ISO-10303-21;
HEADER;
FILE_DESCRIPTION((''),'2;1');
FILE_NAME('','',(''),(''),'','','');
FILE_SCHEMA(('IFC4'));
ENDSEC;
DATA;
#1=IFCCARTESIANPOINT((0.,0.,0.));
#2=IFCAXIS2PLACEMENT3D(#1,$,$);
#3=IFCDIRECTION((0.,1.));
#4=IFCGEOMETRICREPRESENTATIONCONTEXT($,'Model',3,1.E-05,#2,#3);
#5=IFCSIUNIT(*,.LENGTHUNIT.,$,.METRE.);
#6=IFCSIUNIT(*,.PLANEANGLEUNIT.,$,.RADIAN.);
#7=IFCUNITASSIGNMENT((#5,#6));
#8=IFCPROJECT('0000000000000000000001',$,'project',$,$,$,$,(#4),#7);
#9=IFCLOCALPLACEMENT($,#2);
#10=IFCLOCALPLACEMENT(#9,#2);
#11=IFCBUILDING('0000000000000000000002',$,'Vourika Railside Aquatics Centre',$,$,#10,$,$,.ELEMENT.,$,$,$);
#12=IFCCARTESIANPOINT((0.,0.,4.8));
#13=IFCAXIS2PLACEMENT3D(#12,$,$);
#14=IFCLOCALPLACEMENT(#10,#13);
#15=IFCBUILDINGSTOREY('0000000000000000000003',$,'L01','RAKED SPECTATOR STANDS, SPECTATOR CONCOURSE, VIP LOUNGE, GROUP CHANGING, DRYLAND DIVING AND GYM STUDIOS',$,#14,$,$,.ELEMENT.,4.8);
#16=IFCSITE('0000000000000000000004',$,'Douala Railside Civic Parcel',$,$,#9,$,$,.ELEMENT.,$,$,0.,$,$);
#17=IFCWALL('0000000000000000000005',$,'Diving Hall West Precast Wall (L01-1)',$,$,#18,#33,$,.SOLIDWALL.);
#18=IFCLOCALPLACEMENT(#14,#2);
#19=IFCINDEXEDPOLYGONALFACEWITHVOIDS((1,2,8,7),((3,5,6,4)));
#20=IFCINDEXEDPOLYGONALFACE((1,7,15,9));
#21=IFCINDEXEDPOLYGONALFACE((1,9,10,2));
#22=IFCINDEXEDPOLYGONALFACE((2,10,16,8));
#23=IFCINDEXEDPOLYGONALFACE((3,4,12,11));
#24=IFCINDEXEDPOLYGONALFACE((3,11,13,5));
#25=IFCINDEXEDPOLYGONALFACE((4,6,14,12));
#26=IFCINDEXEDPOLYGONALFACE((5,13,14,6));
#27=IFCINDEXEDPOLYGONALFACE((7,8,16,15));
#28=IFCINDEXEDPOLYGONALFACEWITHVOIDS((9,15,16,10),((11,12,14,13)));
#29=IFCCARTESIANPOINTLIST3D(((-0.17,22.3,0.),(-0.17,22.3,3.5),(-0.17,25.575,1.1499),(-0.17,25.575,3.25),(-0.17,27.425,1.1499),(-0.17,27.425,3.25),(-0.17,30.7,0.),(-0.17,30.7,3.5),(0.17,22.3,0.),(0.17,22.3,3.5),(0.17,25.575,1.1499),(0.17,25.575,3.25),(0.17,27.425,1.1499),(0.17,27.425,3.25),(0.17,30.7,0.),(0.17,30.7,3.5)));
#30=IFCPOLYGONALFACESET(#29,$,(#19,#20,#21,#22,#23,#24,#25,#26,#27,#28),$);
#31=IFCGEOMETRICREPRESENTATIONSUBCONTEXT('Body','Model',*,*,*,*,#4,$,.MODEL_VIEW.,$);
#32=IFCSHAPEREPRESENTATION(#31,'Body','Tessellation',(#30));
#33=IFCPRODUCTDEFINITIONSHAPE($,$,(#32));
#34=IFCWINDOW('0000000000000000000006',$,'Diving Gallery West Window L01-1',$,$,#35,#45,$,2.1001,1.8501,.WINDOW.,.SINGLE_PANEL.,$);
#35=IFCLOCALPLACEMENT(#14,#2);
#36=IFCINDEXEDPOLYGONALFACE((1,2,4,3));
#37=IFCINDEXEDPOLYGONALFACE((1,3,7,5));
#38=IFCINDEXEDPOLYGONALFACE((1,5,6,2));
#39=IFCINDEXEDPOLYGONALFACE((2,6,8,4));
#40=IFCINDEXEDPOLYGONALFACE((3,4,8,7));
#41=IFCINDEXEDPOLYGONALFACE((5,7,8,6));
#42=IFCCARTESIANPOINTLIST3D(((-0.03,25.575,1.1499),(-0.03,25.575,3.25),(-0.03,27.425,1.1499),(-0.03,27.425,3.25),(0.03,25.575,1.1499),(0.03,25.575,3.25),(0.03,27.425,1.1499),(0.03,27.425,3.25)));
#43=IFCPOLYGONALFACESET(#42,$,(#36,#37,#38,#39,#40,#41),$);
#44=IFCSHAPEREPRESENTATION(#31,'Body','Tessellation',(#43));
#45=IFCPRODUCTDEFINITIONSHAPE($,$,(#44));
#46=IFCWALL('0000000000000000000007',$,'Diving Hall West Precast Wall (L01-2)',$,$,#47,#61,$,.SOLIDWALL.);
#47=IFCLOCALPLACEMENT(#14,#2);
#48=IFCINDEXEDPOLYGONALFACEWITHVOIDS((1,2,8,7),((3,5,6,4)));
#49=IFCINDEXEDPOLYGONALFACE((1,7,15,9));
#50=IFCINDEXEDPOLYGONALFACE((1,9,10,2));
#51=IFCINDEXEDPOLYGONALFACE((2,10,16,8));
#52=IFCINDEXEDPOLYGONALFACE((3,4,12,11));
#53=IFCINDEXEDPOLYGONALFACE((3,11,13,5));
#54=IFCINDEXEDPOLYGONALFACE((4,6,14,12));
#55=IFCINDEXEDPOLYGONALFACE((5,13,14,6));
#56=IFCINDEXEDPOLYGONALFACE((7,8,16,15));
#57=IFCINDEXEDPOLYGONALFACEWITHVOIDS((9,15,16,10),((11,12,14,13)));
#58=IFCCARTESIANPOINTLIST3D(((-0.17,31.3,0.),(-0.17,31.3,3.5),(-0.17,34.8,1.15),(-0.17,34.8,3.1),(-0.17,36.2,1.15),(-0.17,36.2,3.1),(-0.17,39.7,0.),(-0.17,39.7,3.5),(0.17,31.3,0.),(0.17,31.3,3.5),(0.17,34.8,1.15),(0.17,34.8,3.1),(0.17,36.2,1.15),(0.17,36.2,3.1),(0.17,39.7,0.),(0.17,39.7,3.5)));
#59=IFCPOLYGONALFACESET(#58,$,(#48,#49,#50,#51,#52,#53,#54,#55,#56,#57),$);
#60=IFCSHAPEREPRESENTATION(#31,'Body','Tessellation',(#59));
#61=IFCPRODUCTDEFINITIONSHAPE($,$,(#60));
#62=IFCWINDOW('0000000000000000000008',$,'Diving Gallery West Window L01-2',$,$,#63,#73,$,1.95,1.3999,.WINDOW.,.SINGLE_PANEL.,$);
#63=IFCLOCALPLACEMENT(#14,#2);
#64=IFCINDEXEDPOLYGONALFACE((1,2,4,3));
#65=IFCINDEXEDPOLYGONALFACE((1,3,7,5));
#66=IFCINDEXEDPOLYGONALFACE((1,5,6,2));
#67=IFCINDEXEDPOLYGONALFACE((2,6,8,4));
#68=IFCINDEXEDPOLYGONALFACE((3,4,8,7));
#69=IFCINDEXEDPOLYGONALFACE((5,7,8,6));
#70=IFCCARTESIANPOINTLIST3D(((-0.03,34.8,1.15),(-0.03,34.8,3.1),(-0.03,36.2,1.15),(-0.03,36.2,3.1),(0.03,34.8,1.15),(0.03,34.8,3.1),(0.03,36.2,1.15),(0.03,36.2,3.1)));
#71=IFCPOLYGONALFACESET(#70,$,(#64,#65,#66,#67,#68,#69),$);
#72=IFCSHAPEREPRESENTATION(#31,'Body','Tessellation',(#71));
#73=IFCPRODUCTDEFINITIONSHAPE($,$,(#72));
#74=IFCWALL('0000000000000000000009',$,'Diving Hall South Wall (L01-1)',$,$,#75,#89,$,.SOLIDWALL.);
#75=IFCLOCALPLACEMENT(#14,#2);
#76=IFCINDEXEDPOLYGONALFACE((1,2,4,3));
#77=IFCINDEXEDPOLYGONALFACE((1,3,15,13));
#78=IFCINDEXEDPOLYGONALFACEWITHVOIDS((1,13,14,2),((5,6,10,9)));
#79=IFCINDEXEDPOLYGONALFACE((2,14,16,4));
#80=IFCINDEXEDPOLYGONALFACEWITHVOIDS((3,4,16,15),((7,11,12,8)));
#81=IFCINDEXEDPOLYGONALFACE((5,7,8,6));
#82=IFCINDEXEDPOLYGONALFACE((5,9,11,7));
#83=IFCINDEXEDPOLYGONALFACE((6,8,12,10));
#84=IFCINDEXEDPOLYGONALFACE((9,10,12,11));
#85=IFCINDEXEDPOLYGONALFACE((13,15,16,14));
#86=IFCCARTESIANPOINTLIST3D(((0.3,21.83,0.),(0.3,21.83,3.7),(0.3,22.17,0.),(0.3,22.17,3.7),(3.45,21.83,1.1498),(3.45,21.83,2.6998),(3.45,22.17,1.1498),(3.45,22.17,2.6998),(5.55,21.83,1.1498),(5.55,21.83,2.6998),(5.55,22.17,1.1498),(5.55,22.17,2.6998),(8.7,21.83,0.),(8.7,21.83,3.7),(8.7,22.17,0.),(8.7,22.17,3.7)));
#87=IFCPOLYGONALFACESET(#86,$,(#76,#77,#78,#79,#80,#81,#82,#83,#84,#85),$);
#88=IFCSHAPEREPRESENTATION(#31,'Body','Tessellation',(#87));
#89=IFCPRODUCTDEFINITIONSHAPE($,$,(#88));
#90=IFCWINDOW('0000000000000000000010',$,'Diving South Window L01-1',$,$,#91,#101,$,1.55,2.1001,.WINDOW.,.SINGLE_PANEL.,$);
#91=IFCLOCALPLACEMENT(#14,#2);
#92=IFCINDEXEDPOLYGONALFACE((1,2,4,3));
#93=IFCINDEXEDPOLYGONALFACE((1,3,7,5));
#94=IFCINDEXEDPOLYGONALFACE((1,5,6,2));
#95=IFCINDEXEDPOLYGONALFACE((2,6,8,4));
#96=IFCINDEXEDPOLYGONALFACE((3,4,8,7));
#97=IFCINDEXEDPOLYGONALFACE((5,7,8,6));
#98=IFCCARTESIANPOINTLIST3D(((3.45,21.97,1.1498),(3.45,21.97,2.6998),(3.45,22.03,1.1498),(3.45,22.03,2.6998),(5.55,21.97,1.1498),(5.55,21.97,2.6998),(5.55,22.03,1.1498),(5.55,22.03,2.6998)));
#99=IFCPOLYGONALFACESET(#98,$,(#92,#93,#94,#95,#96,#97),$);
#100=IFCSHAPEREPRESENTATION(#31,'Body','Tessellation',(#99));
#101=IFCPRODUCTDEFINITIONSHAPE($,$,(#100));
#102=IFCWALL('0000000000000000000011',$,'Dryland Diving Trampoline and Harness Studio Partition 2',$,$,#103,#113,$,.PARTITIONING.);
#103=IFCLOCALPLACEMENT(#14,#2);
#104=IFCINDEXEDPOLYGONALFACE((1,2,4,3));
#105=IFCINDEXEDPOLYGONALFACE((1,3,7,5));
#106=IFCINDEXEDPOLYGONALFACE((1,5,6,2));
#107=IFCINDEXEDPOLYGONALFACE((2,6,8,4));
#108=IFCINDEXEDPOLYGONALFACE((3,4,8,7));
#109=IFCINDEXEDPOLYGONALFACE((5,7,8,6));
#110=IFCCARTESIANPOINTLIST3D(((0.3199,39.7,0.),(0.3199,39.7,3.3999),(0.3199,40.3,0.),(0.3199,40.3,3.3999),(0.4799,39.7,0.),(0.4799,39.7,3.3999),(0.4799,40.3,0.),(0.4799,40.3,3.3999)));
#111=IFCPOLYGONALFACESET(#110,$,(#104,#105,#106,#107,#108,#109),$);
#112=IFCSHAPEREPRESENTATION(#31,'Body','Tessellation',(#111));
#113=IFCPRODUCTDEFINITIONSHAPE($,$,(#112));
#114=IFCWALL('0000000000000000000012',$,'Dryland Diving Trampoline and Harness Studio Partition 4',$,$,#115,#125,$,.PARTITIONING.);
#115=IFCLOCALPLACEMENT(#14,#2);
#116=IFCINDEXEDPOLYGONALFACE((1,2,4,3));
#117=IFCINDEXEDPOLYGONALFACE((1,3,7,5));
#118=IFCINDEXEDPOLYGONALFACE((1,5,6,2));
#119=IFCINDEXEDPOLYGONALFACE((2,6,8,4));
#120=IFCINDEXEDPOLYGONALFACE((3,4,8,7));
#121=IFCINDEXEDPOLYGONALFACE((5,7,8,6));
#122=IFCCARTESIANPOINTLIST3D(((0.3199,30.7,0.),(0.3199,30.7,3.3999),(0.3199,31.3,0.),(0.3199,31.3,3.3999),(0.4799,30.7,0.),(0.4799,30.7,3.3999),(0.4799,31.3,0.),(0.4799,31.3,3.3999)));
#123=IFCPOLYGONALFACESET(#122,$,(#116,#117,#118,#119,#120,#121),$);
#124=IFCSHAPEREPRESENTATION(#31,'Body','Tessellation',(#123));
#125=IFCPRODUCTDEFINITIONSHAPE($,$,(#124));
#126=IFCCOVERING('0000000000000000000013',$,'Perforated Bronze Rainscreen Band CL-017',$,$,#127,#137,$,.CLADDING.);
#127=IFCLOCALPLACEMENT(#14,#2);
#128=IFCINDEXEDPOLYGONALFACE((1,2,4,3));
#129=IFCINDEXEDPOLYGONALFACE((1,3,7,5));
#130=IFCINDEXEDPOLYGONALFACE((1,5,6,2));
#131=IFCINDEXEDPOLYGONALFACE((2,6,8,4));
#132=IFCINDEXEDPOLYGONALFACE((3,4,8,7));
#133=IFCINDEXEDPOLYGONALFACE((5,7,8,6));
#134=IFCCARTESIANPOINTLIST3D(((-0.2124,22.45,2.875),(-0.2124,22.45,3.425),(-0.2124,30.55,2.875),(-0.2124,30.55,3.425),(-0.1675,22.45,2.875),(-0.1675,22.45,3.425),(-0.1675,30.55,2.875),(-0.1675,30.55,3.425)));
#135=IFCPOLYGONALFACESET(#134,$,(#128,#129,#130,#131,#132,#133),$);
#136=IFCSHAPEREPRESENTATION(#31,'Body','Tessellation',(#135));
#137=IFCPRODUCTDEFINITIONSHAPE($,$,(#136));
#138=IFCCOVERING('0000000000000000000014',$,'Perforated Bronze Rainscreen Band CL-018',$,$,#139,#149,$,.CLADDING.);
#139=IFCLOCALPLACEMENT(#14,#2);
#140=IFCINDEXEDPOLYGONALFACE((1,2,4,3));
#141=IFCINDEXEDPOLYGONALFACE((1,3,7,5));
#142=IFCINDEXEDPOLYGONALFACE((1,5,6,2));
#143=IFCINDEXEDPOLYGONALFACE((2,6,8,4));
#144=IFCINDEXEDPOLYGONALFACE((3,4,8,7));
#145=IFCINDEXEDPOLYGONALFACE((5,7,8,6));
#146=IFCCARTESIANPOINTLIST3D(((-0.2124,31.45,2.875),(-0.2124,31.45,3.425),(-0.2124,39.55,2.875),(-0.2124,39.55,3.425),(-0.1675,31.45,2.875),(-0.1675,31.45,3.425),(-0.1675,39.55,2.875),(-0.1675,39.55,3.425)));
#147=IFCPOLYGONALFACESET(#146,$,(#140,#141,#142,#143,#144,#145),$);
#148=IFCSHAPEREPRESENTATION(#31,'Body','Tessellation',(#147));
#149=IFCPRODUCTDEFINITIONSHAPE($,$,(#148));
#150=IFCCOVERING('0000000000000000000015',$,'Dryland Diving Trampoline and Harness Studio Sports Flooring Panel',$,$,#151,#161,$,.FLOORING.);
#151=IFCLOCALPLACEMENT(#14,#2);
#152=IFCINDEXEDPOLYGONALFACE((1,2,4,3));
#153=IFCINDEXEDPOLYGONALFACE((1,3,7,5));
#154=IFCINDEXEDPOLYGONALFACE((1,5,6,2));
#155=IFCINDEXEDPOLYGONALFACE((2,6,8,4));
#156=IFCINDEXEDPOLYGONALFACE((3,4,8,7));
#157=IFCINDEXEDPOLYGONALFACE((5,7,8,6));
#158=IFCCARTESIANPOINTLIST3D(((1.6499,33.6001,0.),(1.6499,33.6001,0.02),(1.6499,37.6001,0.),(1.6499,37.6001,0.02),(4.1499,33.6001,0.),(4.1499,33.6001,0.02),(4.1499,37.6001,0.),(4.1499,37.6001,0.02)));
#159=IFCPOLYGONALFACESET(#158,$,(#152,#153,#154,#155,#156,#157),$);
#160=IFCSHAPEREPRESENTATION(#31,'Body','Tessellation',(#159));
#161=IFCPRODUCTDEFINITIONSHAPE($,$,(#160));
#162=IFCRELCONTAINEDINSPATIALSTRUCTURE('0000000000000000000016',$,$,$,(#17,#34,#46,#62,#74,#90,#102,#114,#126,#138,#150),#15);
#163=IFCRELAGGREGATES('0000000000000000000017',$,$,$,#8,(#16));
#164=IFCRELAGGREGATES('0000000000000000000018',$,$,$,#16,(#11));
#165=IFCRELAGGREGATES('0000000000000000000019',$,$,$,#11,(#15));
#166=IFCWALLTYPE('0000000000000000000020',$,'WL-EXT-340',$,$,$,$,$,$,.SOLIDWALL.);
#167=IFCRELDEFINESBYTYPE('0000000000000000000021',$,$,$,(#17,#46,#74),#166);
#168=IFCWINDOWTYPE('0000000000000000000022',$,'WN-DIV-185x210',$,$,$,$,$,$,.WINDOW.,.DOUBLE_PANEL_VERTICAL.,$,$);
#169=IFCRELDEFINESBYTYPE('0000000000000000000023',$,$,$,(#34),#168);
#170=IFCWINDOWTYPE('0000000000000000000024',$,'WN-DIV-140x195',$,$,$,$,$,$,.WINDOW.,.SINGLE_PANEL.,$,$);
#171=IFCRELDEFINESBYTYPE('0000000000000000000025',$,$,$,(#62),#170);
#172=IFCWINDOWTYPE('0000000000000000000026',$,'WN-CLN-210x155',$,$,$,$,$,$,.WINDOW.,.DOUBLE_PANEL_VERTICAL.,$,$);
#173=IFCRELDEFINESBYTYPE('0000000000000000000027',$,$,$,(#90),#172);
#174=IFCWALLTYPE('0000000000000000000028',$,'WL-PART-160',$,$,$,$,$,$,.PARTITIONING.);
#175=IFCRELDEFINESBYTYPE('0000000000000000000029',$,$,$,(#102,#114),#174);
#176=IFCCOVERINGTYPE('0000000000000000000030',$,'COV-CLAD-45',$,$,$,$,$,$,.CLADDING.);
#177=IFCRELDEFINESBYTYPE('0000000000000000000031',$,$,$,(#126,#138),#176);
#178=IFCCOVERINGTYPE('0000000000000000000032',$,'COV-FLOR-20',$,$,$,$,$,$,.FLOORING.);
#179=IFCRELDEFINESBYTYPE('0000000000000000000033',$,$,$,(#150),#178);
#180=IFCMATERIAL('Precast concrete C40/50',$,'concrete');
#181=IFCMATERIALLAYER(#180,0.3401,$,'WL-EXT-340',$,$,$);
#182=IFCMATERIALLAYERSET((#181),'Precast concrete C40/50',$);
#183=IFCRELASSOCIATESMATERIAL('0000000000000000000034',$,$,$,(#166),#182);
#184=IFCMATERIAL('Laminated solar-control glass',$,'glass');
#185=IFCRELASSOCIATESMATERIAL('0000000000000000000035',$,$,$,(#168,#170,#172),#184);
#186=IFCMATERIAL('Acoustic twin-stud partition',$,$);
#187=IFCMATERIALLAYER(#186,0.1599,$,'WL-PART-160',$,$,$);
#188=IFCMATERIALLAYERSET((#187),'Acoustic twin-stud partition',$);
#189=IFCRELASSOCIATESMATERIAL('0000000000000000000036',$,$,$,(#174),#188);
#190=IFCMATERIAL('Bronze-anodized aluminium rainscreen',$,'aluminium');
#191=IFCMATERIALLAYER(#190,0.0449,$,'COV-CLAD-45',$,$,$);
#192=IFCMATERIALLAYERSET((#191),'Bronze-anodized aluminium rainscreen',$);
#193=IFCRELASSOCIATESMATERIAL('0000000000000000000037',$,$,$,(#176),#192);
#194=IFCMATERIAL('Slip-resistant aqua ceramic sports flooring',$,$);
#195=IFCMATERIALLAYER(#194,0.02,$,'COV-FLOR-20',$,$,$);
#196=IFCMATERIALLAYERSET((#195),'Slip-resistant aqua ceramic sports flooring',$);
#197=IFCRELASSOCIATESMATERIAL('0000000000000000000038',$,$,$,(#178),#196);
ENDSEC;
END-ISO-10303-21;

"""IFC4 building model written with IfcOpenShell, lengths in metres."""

from ifc_helpers import new_model, si_unit, direction, frame, frame_2d, origin, origin_2d, place, context, subcontext, project, spatial, rectangle, extrude, material, layer, layer_set, type_object, element, fill, save


model = new_model("IFC4")

# Units and contexts
model_context = context("Model", 3, precision=1e-05, world=origin(), true_north=direction((0.0, 1.0)))
body_context = subcontext(model_context, "Body", "Model", "MODEL_VIEW")
ifc_project = project(units=[si_unit("LENGTHUNIT", "METRE"), si_unit("PLANEANGLEUNIT", "RADIAN")], contexts=[model_context])

# Site, building, storey
site_placement = place(None, origin())
site = spatial("IfcSite", under=ifc_project, at=site_placement, Name="Douala Railside Civic Parcel", CompositionType="ELEMENT", RefElevation=0.0)
building_placement = place(site_placement, origin())
building = spatial("IfcBuilding", under=site, at=building_placement, Name="Vourika Railside Aquatics Centre", CompositionType="ELEMENT")
storey_placement = place(building_placement, frame((0.0, 0.0, 4.8)))
storey = spatial("IfcBuildingStorey", under=building, at=storey_placement, Name="L01", Description="RAKED SPECTATOR STANDS, SPECTATOR CONCOURSE, VIP LOUNGE, GROUP CHANGING, DRYLAND DIVING AND GYM STUDIOS", CompositionType="ELEMENT", Elevation=4.8)

# Walls, openings, windows
ifc_material_1 = material(Name="Precast concrete C40/50", Category="concrete")
ifc_layer_1 = layer(ifc_material_1, 0.3401, Name="WL-EXT-340")
ifc_layer_set_1 = layer_set([ifc_layer_1], Name="Precast concrete C40/50")
wall_type_1 = type_object("IfcWallType", Name="WL-EXT-340", PredefinedType="SOLIDWALL", material=ifc_layer_set_1)
wall_1_placement = place(storey_placement, frame((0.0, 30.7, 0.0), z_axis=(0.0, 0.0, 1.0), x_axis=(0.0, -1.0, 0.0)))
wall_1 = element("IfcWall", 1, at=wall_1_placement, inside=storey, type_object=wall_type_1, Name="Diving Hall West Precast Wall (L01-1)", PredefinedType="SOLIDWALL", context=body_context, shape_type="SweptSolid", body=[
    extrude(rectangle(XDim=8.3999, YDim=0.3401, at=frame_2d((4.2, 0.0))), origin(), (0.0, 0.0, 1.0), 3.5),
])
opening_1_placement = place(wall_1_placement, frame((3.2749, 0.0, 1.1499)))
opening_1 = element("IfcOpeningElement", 2, at=opening_1_placement, cuts=wall_1, PredefinedType="OPENING", context=body_context, shape_type="SweptSolid", body=[
    extrude(rectangle(XDim=1.8501, YDim=2.1001, at=frame_2d((0.925, 1.05))), frame((0.0, 0.1802, 0.0), z_axis=(0.0, -1.0, 0.0), x_axis=(1.0, 0.0, 0.0)), (0.0, 0.0, 1.0), 0.3601),
])
ifc_material_2 = material(Name="Laminated solar-control glass", Category="glass")
window_type_1 = type_object("IfcWindowType", Name="WN-DIV-185x210", PartitioningType="DOUBLE_PANEL_VERTICAL", PredefinedType="WINDOW", material=ifc_material_2)
window_1_placement = place(opening_1_placement, origin())
window_1 = element("IfcWindow", 3, at=window_1_placement, inside=storey, type_object=window_type_1, Name="Diving Gallery West Window L01-1", OverallHeight=2.1001, OverallWidth=1.8501, PartitioningType="SINGLE_PANEL", PredefinedType="WINDOW", context=body_context, shape_type="SweptSolid", body=[
    extrude(rectangle(XDim=1.8501, YDim=2.1001, at=frame_2d((0.925, 1.05))), frame((0.0, 0.03, 0.0), z_axis=(0.0, -1.0, 0.0), x_axis=(1.0, 0.0, 0.0)), (0.0, 0.0, 1.0), 0.0601),
])
fill(opening_1, window_1)
wall_2_placement = place(storey_placement, frame((0.0, 39.7, 0.0), z_axis=(0.0, 0.0, 1.0), x_axis=(0.0, -1.0, 0.0)))
wall_2 = element("IfcWall", 4, at=wall_2_placement, inside=storey, type_object=wall_type_1, Name="Diving Hall West Precast Wall (L01-2)", PredefinedType="SOLIDWALL", context=body_context, shape_type="SweptSolid", body=[
    extrude(rectangle(XDim=8.3999, YDim=0.3401, at=frame_2d((4.2, 0.0))), origin(), (0.0, 0.0, 1.0), 3.5),
])
opening_2_placement = place(wall_2_placement, frame((3.5, 0.0, 1.1499)))
opening_2 = element("IfcOpeningElement", 5, at=opening_2_placement, cuts=wall_2, PredefinedType="OPENING", context=body_context, shape_type="SweptSolid", body=[
    extrude(rectangle(XDim=1.3999, YDim=1.95, at=frame_2d((0.7, 0.9751))), frame((0.0, 0.1802, 0.0), z_axis=(0.0, -1.0, 0.0), x_axis=(1.0, 0.0, 0.0)), (0.0, 0.0, 1.0), 0.3601),
])
window_type_2 = type_object("IfcWindowType", Name="WN-DIV-140x195", PartitioningType="SINGLE_PANEL", PredefinedType="WINDOW", material=ifc_material_2)
window_2_placement = place(opening_2_placement, origin())
window_2 = element("IfcWindow", 6, at=window_2_placement, inside=storey, type_object=window_type_2, Name="Diving Gallery West Window L01-2", OverallHeight=1.95, OverallWidth=1.3999, PartitioningType="SINGLE_PANEL", PredefinedType="WINDOW", context=body_context, shape_type="SweptSolid", body=[
    extrude(rectangle(XDim=1.3999, YDim=1.95, at=frame_2d((0.7, 0.9751))), frame((0.0, 0.03, 0.0), z_axis=(0.0, -1.0, 0.0), x_axis=(1.0, 0.0, 0.0)), (0.0, 0.0, 1.0), 0.0601),
])
fill(opening_2, window_2)
wall_3_placement = place(storey_placement, frame((0.3, 22.0, 0.0), z_axis=(0.0, 0.0, 1.0), x_axis=(1.0, 0.0, 0.0)))
wall_3 = element("IfcWall", 7, at=wall_3_placement, inside=storey, type_object=wall_type_1, Name="Diving Hall South Wall (L01-1)", PredefinedType="SOLIDWALL", context=body_context, shape_type="SweptSolid", body=[
    extrude(rectangle(XDim=8.3999, YDim=0.3401, at=frame_2d((4.2, 0.0))), origin(), (0.0, 0.0, 1.0), 3.7),
])
opening_3_placement = place(wall_3_placement, frame((3.1499, 0.0, 1.1499)))
opening_3 = element("IfcOpeningElement", 8, at=opening_3_placement, cuts=wall_3, PredefinedType="OPENING", context=body_context, shape_type="SweptSolid", body=[
    extrude(rectangle(XDim=2.1001, YDim=1.55, at=frame_2d((1.05, 0.7749))), frame((0.0, 0.1802, 0.0), z_axis=(0.0, -1.0, 0.0), x_axis=(1.0, 0.0, 0.0)), (0.0, 0.0, 1.0), 0.3601),
])
window_type_3 = type_object("IfcWindowType", Name="WN-CLN-210x155", PartitioningType="DOUBLE_PANEL_VERTICAL", PredefinedType="WINDOW", material=ifc_material_2)
window_3_placement = place(opening_3_placement, origin())
window_3 = element("IfcWindow", 9, at=window_3_placement, inside=storey, type_object=window_type_3, Name="Diving South Window L01-1", OverallHeight=1.55, OverallWidth=2.1001, PartitioningType="SINGLE_PANEL", PredefinedType="WINDOW", context=body_context, shape_type="SweptSolid", body=[
    extrude(rectangle(XDim=2.1001, YDim=1.55, at=frame_2d((1.05, 0.7749))), frame((0.0, 0.03, 0.0), z_axis=(0.0, -1.0, 0.0), x_axis=(1.0, 0.0, 0.0)), (0.0, 0.0, 1.0), 0.0601),
])
fill(opening_3, window_3)

# Walls
ifc_material_3 = material(Name="Acoustic twin-stud partition")
ifc_layer_2 = layer(ifc_material_3, 0.1599, Name="WL-PART-160")
ifc_layer_set_2 = layer_set([ifc_layer_2], Name="Acoustic twin-stud partition")
wall_type_2 = type_object("IfcWallType", Name="WL-PART-160", PredefinedType="PARTITIONING", material=ifc_layer_set_2)
for number, where, z_axis, x_axis, name in (
    (10, (0.3999, 39.7, 0.0), (0.0, 0.0, 1.0), (0.0, 1.0, 0.0), "Dryland Diving Trampoline and Harness Studio Partition 2"),
    (11, (0.3999, 30.7, 0.0), (0.0, 0.0, 1.0), (0.0, 1.0, 0.0), "Dryland Diving Trampoline and Harness Studio Partition 4"),
):
    element("IfcWall", number, at=place(storey_placement, frame(where, z_axis=z_axis, x_axis=x_axis)), inside=storey, type_object=wall_type_2, Name=name, PredefinedType="PARTITIONING", context=body_context, shape_type="SweptSolid", body=[
        extrude(rectangle(XDim=0.6001, YDim=0.1599, at=frame_2d((0.3, 0.0))), origin(), (0.0, 0.0, 1.0), 3.3999),
    ])

# Coverings
ifc_material_4 = material(Name="Bronze-anodized aluminium rainscreen", Category="aluminium")
ifc_layer_3 = layer(ifc_material_4, 0.0449, Name="COV-CLAD-45")
ifc_layer_set_3 = layer_set([ifc_layer_3], Name="Bronze-anodized aluminium rainscreen")
covering_type_1 = type_object("IfcCoveringType", Name="COV-CLAD-45", PredefinedType="CLADDING", material=ifc_layer_set_3)
for number, where, z_axis, x_axis, name in (
    (12, (-0.1899, 26.5, 2.875), (0.0, 0.0, 1.0), (0.0, -1.0, 0.0), "Perforated Bronze Rainscreen Band CL-017"),
    (13, (-0.1899, 35.5, 2.875), (0.0, 0.0, 1.0), (0.0, -1.0, 0.0), "Perforated Bronze Rainscreen Band CL-018"),
):
    element("IfcCovering", number, at=place(storey_placement, frame(where, z_axis=z_axis, x_axis=x_axis)), inside=storey, type_object=covering_type_1, Name=name, PredefinedType="CLADDING", context=body_context, shape_type="SweptSolid", body=[
        extrude(rectangle(XDim=8.1001, YDim=0.0449, at=origin_2d()), origin(), (0.0, 0.0, 1.0), 0.55),
    ])
ifc_material_5 = material(Name="Slip-resistant aqua ceramic sports flooring")
ifc_layer_4 = layer(ifc_material_5, 0.02, Name="COV-FLOR-20")
ifc_layer_set_4 = layer_set([ifc_layer_4], Name="Slip-resistant aqua ceramic sports flooring")
covering_type_2 = type_object("IfcCoveringType", Name="COV-FLOR-20", PredefinedType="FLOORING", material=ifc_layer_set_4)
covering_placement = place(storey_placement, frame((2.8999, 35.6001, 0.0), z_axis=(0.0, 0.0, 1.0), x_axis=(1.0, 0.0, 0.0)))
element("IfcCovering", 14, at=covering_placement, inside=storey, type_object=covering_type_2, Name="Dryland Diving Trampoline and Harness Studio Sports Flooring Panel", PredefinedType="FLOORING", context=body_context, shape_type="SweptSolid", body=[
    extrude(rectangle(XDim=2.5, YDim=4.0, at=origin_2d()), origin(), (0.0, 0.0, 1.0), 0.02),
])

save(model, "model.ifc")
